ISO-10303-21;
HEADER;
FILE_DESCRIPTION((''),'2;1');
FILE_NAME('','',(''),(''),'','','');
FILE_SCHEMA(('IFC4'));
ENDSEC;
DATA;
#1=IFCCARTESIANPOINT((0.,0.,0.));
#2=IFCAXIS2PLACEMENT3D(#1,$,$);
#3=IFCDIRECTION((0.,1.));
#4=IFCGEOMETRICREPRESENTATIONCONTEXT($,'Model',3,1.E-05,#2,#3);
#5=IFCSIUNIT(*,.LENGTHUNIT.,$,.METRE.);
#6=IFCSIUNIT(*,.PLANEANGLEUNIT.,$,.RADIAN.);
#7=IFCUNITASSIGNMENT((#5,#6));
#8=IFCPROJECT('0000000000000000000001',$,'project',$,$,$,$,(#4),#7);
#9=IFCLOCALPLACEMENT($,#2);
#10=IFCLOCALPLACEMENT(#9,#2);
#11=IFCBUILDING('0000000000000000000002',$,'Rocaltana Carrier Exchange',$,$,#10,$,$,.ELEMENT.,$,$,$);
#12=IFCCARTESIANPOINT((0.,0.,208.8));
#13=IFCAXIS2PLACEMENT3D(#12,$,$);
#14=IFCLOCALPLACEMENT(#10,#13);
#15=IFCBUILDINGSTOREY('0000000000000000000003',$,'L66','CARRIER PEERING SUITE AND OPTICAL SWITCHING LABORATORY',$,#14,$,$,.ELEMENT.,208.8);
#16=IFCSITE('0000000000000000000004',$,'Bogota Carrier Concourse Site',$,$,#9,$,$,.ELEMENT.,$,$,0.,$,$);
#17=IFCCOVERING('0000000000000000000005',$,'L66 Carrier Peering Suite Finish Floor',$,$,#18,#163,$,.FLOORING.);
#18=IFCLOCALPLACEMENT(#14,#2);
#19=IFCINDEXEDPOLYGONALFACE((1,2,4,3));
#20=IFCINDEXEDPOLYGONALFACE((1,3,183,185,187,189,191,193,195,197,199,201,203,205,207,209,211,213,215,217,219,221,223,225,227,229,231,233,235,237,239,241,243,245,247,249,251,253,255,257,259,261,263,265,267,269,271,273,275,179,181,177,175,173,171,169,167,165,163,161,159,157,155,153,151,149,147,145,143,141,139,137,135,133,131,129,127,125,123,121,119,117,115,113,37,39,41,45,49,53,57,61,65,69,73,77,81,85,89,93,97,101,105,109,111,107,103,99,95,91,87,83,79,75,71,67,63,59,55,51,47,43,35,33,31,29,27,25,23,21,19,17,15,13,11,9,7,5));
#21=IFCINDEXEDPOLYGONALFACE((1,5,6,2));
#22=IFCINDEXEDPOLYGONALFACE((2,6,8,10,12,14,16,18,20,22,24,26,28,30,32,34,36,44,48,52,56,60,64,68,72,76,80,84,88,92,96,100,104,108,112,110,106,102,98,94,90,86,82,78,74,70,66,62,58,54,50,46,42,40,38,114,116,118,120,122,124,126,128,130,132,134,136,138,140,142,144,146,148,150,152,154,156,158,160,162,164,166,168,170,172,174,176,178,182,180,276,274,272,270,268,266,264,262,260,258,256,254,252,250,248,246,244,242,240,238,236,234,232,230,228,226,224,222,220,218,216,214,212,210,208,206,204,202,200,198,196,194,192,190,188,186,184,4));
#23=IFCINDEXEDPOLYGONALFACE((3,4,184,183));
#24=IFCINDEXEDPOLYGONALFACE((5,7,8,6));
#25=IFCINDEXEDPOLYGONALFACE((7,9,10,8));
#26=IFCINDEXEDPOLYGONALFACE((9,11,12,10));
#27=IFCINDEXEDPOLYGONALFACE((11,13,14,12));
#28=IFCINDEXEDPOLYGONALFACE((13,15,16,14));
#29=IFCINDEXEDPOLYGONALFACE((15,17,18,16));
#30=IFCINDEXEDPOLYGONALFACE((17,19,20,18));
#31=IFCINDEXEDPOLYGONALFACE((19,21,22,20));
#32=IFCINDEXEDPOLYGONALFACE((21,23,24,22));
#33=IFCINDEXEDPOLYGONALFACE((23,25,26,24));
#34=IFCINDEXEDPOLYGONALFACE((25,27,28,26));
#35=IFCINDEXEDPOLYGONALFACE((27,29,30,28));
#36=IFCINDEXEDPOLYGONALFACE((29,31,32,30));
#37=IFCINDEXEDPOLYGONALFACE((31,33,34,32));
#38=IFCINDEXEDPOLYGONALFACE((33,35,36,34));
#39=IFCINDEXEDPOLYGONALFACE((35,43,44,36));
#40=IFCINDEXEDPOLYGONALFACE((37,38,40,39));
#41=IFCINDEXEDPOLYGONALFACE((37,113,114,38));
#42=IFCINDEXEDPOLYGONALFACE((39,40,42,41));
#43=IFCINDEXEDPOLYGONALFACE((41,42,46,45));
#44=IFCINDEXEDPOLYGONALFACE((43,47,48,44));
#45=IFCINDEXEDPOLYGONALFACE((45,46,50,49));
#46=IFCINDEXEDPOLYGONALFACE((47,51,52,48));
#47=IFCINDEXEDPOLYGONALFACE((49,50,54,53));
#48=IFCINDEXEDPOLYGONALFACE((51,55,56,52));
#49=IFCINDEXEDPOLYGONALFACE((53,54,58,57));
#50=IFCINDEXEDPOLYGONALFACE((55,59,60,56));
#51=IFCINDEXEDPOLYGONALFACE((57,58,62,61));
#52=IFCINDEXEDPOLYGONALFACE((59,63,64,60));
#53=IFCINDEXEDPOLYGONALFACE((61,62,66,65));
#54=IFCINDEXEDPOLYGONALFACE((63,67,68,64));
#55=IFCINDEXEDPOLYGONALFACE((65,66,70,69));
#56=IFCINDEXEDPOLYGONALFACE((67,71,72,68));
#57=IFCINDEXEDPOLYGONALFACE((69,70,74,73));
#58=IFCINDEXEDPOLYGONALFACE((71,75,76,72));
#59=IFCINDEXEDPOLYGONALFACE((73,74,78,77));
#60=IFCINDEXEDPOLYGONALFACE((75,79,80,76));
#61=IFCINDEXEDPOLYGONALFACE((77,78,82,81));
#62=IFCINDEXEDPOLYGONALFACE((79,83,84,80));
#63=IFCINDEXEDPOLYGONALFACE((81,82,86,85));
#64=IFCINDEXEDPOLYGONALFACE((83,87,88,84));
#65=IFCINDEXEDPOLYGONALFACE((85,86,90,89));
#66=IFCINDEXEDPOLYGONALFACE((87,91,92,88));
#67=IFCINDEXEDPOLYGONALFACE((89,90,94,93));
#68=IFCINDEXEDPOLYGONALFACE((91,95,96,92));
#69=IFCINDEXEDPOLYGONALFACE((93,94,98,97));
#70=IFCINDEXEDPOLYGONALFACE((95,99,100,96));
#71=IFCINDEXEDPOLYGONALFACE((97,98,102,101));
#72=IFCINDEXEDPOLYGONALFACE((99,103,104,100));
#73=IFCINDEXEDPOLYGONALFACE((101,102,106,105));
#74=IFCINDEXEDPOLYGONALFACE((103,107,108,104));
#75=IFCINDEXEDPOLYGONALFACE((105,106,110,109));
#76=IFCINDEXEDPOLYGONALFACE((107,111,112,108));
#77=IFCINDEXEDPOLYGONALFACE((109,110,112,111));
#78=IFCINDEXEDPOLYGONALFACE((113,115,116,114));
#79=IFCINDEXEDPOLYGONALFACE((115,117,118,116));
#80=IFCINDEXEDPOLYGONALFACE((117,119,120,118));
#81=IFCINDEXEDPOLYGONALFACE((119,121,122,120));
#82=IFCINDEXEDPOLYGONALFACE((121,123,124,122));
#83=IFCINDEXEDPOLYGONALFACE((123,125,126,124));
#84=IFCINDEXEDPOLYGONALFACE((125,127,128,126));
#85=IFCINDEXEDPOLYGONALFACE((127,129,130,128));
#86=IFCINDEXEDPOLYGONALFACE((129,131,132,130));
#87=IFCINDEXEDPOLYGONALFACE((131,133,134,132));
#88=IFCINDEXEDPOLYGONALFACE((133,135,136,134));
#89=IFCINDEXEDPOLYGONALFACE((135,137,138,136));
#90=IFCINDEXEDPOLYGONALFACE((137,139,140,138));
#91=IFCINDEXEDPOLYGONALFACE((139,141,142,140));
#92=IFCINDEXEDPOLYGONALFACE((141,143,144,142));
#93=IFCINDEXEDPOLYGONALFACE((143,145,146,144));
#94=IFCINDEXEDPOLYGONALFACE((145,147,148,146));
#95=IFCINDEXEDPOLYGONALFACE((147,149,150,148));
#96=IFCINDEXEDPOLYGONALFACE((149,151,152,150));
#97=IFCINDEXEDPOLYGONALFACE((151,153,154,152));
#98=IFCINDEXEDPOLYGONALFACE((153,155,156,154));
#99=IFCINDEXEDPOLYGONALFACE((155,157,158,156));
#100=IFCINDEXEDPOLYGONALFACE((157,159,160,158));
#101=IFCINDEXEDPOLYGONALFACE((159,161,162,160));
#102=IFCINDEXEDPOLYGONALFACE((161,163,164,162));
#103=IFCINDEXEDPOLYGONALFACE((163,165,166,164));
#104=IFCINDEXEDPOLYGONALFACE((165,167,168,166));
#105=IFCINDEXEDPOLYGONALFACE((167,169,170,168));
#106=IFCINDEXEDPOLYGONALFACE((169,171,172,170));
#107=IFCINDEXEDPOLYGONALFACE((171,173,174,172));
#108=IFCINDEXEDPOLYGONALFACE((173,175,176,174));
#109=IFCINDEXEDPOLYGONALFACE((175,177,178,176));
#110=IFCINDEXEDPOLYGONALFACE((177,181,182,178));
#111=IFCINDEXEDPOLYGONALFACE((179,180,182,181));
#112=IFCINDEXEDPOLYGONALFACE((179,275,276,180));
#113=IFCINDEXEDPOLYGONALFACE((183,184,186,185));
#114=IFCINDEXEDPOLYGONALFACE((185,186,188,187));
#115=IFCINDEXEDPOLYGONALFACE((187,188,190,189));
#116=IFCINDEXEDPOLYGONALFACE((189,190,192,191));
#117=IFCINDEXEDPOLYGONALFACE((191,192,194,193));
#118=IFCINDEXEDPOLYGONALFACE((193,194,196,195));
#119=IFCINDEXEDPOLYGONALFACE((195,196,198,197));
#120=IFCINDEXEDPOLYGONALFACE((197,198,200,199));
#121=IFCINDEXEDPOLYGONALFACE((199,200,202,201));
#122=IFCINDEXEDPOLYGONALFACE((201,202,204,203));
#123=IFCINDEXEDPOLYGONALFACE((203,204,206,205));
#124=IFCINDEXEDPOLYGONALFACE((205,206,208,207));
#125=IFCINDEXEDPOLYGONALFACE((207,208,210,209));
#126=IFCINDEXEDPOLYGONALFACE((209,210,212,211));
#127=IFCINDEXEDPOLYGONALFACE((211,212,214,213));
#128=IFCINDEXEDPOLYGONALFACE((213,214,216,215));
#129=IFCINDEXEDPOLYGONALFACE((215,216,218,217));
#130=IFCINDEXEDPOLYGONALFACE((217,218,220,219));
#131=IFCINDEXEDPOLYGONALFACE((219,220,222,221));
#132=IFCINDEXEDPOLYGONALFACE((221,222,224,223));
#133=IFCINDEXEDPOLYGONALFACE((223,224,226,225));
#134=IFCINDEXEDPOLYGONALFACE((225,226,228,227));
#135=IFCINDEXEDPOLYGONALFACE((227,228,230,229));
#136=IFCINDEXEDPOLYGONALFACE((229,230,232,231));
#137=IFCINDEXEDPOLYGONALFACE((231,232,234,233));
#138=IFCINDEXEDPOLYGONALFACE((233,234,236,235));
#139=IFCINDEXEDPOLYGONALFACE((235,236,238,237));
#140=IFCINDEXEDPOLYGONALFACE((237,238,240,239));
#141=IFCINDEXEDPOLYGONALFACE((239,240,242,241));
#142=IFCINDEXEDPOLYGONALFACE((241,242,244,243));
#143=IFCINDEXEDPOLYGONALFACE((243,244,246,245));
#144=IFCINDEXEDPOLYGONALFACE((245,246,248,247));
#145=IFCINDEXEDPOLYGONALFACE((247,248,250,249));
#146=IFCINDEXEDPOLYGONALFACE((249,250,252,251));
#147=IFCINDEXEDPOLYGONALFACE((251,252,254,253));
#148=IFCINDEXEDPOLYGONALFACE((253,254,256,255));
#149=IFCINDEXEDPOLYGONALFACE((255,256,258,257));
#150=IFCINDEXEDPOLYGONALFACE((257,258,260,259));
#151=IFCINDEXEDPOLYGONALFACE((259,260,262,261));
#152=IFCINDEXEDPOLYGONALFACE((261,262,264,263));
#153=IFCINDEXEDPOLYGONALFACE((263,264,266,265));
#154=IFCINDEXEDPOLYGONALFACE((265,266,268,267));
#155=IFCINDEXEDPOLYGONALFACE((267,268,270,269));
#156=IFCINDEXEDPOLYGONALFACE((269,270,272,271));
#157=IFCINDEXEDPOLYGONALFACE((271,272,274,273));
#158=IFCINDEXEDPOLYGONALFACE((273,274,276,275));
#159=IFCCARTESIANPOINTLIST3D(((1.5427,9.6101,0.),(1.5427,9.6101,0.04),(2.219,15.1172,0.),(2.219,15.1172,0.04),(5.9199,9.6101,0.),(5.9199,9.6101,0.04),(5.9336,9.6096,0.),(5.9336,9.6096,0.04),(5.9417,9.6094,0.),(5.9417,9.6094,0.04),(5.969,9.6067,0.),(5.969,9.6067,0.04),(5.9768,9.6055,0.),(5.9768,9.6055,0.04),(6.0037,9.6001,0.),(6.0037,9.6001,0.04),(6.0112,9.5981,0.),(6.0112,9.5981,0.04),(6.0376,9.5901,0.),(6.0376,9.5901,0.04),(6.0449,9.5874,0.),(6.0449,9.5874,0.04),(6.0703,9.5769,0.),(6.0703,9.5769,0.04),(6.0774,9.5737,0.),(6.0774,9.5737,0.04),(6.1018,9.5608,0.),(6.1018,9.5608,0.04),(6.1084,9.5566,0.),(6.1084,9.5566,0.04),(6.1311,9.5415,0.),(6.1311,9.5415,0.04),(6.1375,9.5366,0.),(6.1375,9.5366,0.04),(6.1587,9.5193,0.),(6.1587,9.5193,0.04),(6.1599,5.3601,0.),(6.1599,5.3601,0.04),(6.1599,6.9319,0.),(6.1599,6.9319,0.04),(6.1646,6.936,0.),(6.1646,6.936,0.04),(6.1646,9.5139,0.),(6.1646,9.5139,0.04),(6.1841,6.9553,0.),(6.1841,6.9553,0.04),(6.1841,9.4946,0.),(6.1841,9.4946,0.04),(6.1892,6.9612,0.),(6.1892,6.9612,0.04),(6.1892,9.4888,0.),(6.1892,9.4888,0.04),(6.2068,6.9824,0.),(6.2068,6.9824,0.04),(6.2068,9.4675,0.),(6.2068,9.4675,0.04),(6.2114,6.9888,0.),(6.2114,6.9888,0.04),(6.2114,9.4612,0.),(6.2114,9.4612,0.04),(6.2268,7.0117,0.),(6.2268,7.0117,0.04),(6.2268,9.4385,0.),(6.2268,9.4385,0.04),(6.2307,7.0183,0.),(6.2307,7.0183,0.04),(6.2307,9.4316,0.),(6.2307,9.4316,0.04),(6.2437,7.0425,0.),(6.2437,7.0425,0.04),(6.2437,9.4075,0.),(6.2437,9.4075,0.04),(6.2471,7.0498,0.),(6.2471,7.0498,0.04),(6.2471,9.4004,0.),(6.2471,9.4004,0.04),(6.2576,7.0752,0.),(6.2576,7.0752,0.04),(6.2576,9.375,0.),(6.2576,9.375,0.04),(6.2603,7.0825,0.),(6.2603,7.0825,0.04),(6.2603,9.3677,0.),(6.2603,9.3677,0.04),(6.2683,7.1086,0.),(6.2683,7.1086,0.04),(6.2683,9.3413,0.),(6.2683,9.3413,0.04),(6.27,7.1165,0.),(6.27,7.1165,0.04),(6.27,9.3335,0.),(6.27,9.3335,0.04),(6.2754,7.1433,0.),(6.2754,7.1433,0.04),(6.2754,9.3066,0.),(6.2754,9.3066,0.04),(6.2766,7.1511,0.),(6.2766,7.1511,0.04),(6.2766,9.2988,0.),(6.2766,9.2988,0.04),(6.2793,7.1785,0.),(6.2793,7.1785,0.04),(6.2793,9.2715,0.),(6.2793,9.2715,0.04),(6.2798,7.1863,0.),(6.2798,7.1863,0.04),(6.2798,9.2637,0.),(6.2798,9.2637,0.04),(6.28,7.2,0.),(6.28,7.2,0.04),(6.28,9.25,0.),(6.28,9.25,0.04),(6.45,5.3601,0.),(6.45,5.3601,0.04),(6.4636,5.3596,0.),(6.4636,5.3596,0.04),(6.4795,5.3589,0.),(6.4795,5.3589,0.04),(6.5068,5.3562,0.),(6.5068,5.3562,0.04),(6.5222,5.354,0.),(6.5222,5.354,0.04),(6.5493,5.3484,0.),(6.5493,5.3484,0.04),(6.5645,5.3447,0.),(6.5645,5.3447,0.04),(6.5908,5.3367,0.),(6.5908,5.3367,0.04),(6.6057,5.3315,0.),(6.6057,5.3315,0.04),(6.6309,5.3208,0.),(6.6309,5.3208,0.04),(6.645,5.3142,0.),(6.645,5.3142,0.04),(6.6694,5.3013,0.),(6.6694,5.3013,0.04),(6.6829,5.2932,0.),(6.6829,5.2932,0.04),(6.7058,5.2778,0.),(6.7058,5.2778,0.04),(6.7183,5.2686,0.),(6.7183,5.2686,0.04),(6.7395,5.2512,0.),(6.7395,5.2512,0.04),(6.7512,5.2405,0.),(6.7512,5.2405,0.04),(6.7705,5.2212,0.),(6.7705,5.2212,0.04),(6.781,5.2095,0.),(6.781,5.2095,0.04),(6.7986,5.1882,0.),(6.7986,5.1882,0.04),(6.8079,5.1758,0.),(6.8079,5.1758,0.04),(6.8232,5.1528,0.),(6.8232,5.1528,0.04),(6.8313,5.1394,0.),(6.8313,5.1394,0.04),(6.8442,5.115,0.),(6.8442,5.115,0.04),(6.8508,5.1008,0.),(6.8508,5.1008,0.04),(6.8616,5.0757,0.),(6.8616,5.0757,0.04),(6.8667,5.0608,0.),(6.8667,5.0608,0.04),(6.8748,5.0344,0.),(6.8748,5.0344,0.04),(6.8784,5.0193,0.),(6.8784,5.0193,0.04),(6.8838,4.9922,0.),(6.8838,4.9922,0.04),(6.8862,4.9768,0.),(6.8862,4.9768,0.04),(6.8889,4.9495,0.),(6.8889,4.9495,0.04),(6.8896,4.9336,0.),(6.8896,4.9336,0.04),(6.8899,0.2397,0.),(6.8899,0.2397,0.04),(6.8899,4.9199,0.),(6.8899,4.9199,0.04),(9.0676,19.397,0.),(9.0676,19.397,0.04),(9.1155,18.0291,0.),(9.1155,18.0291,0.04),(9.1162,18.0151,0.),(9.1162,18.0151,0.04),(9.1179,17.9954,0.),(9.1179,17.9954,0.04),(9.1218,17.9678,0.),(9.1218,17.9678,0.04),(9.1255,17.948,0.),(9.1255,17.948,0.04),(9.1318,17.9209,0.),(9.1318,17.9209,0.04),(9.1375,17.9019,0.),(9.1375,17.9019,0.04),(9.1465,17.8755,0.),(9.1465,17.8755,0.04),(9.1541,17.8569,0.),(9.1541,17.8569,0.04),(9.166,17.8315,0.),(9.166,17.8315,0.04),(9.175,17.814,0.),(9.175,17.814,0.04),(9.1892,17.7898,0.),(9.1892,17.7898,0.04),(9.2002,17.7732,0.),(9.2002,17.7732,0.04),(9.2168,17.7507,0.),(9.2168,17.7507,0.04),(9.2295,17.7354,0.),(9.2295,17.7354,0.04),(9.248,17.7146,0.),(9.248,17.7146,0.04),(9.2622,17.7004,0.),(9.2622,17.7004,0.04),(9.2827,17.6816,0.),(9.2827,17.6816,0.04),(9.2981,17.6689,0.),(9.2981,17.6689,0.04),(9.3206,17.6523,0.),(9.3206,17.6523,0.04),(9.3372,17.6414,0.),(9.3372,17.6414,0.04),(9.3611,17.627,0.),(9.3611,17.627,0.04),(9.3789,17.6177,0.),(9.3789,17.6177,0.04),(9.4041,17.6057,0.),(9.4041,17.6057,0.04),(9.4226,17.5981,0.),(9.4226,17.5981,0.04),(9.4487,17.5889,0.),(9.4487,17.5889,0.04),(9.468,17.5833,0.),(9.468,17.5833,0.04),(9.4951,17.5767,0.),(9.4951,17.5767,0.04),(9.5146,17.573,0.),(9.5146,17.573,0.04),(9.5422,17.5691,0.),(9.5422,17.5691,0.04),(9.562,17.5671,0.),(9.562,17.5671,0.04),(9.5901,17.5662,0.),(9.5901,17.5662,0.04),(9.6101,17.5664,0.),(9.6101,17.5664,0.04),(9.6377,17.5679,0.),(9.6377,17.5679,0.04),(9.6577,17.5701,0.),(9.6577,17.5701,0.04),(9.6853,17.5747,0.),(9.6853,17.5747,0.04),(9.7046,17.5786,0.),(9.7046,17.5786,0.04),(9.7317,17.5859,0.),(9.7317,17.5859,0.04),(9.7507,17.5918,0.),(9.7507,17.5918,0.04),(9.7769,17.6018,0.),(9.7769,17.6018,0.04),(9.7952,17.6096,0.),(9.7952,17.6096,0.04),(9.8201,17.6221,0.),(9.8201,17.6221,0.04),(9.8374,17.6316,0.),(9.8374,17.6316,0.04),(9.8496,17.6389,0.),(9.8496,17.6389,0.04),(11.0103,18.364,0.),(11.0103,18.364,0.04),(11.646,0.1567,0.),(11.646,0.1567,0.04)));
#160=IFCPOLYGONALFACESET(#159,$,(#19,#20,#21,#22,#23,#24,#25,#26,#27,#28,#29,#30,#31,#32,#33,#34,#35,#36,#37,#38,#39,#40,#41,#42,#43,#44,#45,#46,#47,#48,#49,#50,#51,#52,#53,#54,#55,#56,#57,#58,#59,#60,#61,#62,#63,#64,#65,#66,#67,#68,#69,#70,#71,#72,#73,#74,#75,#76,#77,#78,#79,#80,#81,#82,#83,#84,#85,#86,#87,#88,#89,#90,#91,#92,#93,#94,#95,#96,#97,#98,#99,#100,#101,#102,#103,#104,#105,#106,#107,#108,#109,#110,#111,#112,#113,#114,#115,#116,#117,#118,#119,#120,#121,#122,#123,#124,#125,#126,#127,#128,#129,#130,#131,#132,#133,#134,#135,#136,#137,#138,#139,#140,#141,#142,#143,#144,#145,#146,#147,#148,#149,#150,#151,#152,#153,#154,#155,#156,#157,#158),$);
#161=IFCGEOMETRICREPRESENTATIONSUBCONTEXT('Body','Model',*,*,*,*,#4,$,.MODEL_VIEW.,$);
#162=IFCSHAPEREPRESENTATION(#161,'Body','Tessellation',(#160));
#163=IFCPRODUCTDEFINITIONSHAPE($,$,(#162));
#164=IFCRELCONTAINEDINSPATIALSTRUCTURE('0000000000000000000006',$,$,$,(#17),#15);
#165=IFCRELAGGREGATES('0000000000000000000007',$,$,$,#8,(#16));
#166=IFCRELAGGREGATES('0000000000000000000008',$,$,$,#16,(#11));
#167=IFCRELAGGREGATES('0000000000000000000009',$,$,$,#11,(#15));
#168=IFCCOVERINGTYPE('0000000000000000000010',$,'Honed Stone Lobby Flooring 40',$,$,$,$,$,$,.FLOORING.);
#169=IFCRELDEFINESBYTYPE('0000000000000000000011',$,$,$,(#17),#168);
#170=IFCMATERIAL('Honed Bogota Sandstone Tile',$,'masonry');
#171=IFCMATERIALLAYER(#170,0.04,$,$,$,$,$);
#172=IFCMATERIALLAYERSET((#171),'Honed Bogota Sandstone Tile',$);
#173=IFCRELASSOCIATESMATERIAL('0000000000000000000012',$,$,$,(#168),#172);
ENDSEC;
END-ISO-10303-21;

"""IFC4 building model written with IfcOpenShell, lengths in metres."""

from ifc_helpers import new_model, si_unit, direction, frame, origin, place, context, subcontext, project, spatial, polyline, outline, extrude, material, layer, layer_set, type_object, element, save


model = new_model("IFC4")

# Units and contexts
model_context = context("Model", 3, precision=1e-05, world=origin(), true_north=direction((0.0, 1.0)))
body_context = subcontext(model_context, "Body", "Model", "MODEL_VIEW")
ifc_project = project(units=[si_unit("LENGTHUNIT", "METRE"), si_unit("PLANEANGLEUNIT", "RADIAN")], contexts=[model_context])

# Site, building, storey
site_placement = place(None, origin())
site = spatial("IfcSite", under=ifc_project, at=site_placement, Name="Bogota Carrier Concourse Site", CompositionType="ELEMENT", RefElevation=0.0)
building_placement = place(site_placement, origin())
building = spatial("IfcBuilding", under=site, at=building_placement, Name="Rocaltana Carrier Exchange", CompositionType="ELEMENT")
storey_placement = place(building_placement, frame((0.0, 0.0, 208.8)))
storey = spatial("IfcBuildingStorey", under=building, at=storey_placement, Name="L66", Description="CARRIER PEERING SUITE AND OPTICAL SWITCHING LABORATORY", CompositionType="ELEMENT", Elevation=208.8)

# Covering
ifc_material_1 = material(Name="Honed Bogota Sandstone Tile", Category="masonry")
ifc_layer_1 = layer(ifc_material_1, 0.04)
ifc_layer_set_1 = layer_set([ifc_layer_1], Name="Honed Bogota Sandstone Tile")
covering_type_1 = type_object("IfcCoveringType", Name="Honed Stone Lobby Flooring 40", PredefinedType="FLOORING", material=ifc_layer_set_1)
covering_1_placement = place(storey_placement, origin())
element("IfcCovering", 1, at=covering_1_placement, inside=storey, type_object=covering_type_1, Name="L66 Carrier Peering Suite Finish Floor", PredefinedType="FLOORING", context=body_context, shape_type="SweptSolid", body=[
    extrude(outline(polyline([(6.1599, 6.9319), (6.1646, 6.936), (6.1841, 6.9553), (6.1892, 6.9612), (6.2068, 6.9824), (6.2114, 6.9888), (6.2268, 7.0117), (6.2307, 7.0183), (6.2437, 7.0425), (6.2471, 7.0498), (6.2576, 7.0752), (6.2603, 7.0825), (6.2683, 7.1086), (6.27, 7.1165), (6.2754, 7.1433), (6.2766, 7.1511), (6.2793, 7.1785), (6.2798, 7.1863), (6.28, 7.2), (6.28, 9.25), (6.2798, 9.2637), (6.2793, 9.2715), (6.2766, 9.2988), (6.2754, 9.3066), (6.27, 9.3335), (6.2683, 9.3413), (6.2603, 9.3677), (6.2576, 9.375), (6.2471, 9.4004), (6.2437, 9.4075), (6.2307, 9.4316), (6.2268, 9.4385), (6.2114, 9.4612), (6.2068, 9.4675), (6.1892, 9.4888), (6.1841, 9.4946), (6.1646, 9.5139), (6.1587, 9.5193), (6.1375, 9.5366), (6.1311, 9.5415), (6.1084, 9.5566), (6.1018, 9.5608), (6.0774, 9.5737), (6.0703, 9.5769), (6.0449, 9.5874), (6.0376, 9.5901), (6.0112, 9.5981), (6.0037, 9.6001), (5.9768, 9.6055), (5.969, 9.6067), (5.9417, 9.6094), (5.9336, 9.6096), (5.9199, 9.6101), (1.5427, 9.6101), (2.219, 15.1172), (9.0676, 19.397), (9.1155, 18.0291), (9.1162, 18.0151), (9.1179, 17.9954), (9.1218, 17.9678), (9.1255, 17.948), (9.1318, 17.9209), (9.1375, 17.9019), (9.1465, 17.8755), (9.1541, 17.8569), (9.166, 17.8315), (9.175, 17.814), (9.1892, 17.7898), (9.2002, 17.7732), (9.2168, 17.7507), (9.2295, 17.7354), (9.248, 17.7146), (9.2622, 17.7004), (9.2827, 17.6816), (9.2981, 17.6689), (9.3206, 17.6523), (9.3372, 17.6414), (9.3611, 17.627), (9.3789, 17.6177), (9.4041, 17.6057), (9.4226, 17.5981), (9.4487, 17.5889), (9.468, 17.5833), (9.4951, 17.5767), (9.5146, 17.573), (9.5422, 17.5691), (9.562, 17.5671), (9.5901, 17.5662), (9.6101, 17.5664), (9.6377, 17.5679), (9.6577, 17.5701), (9.6853, 17.5747), (9.7046, 17.5786), (9.7317, 17.5859), (9.7507, 17.5918), (9.7769, 17.6018), (9.7952, 17.6096), (9.8201, 17.6221), (9.8374, 17.6316), (9.8496, 17.6389), (11.0103, 18.364), (11.646, 0.1567), (6.8899, 0.2397), (6.8899, 4.9199), (6.8896, 4.9336), (6.8889, 4.9495), (6.8862, 4.9768), (6.8838, 4.9922), (6.8784, 5.0193), (6.8748, 5.0344), (6.8667, 5.0608), (6.8616, 5.0757), (6.8508, 5.1008), (6.8442, 5.115), (6.8313, 5.1394), (6.8232, 5.1528), (6.8079, 5.1758), (6.7986, 5.1882), (6.781, 5.2095), (6.7705, 5.2212), (6.7512, 5.2405), (6.7395, 5.2512), (6.7183, 5.2686), (6.7058, 5.2778), (6.6829, 5.2932), (6.6694, 5.3013), (6.645, 5.3142), (6.6309, 5.3208), (6.6057, 5.3315), (6.5908, 5.3367), (6.5645, 5.3447), (6.5493, 5.3484), (6.5222, 5.354), (6.5068, 5.3562), (6.4795, 5.3589), (6.4636, 5.3596), (6.45, 5.3601), (6.1599, 5.3601), (6.1599, 6.9319)])), origin(), (0.0, 0.0, 1.0), 0.04),
])

save(model, "model.ifc")
